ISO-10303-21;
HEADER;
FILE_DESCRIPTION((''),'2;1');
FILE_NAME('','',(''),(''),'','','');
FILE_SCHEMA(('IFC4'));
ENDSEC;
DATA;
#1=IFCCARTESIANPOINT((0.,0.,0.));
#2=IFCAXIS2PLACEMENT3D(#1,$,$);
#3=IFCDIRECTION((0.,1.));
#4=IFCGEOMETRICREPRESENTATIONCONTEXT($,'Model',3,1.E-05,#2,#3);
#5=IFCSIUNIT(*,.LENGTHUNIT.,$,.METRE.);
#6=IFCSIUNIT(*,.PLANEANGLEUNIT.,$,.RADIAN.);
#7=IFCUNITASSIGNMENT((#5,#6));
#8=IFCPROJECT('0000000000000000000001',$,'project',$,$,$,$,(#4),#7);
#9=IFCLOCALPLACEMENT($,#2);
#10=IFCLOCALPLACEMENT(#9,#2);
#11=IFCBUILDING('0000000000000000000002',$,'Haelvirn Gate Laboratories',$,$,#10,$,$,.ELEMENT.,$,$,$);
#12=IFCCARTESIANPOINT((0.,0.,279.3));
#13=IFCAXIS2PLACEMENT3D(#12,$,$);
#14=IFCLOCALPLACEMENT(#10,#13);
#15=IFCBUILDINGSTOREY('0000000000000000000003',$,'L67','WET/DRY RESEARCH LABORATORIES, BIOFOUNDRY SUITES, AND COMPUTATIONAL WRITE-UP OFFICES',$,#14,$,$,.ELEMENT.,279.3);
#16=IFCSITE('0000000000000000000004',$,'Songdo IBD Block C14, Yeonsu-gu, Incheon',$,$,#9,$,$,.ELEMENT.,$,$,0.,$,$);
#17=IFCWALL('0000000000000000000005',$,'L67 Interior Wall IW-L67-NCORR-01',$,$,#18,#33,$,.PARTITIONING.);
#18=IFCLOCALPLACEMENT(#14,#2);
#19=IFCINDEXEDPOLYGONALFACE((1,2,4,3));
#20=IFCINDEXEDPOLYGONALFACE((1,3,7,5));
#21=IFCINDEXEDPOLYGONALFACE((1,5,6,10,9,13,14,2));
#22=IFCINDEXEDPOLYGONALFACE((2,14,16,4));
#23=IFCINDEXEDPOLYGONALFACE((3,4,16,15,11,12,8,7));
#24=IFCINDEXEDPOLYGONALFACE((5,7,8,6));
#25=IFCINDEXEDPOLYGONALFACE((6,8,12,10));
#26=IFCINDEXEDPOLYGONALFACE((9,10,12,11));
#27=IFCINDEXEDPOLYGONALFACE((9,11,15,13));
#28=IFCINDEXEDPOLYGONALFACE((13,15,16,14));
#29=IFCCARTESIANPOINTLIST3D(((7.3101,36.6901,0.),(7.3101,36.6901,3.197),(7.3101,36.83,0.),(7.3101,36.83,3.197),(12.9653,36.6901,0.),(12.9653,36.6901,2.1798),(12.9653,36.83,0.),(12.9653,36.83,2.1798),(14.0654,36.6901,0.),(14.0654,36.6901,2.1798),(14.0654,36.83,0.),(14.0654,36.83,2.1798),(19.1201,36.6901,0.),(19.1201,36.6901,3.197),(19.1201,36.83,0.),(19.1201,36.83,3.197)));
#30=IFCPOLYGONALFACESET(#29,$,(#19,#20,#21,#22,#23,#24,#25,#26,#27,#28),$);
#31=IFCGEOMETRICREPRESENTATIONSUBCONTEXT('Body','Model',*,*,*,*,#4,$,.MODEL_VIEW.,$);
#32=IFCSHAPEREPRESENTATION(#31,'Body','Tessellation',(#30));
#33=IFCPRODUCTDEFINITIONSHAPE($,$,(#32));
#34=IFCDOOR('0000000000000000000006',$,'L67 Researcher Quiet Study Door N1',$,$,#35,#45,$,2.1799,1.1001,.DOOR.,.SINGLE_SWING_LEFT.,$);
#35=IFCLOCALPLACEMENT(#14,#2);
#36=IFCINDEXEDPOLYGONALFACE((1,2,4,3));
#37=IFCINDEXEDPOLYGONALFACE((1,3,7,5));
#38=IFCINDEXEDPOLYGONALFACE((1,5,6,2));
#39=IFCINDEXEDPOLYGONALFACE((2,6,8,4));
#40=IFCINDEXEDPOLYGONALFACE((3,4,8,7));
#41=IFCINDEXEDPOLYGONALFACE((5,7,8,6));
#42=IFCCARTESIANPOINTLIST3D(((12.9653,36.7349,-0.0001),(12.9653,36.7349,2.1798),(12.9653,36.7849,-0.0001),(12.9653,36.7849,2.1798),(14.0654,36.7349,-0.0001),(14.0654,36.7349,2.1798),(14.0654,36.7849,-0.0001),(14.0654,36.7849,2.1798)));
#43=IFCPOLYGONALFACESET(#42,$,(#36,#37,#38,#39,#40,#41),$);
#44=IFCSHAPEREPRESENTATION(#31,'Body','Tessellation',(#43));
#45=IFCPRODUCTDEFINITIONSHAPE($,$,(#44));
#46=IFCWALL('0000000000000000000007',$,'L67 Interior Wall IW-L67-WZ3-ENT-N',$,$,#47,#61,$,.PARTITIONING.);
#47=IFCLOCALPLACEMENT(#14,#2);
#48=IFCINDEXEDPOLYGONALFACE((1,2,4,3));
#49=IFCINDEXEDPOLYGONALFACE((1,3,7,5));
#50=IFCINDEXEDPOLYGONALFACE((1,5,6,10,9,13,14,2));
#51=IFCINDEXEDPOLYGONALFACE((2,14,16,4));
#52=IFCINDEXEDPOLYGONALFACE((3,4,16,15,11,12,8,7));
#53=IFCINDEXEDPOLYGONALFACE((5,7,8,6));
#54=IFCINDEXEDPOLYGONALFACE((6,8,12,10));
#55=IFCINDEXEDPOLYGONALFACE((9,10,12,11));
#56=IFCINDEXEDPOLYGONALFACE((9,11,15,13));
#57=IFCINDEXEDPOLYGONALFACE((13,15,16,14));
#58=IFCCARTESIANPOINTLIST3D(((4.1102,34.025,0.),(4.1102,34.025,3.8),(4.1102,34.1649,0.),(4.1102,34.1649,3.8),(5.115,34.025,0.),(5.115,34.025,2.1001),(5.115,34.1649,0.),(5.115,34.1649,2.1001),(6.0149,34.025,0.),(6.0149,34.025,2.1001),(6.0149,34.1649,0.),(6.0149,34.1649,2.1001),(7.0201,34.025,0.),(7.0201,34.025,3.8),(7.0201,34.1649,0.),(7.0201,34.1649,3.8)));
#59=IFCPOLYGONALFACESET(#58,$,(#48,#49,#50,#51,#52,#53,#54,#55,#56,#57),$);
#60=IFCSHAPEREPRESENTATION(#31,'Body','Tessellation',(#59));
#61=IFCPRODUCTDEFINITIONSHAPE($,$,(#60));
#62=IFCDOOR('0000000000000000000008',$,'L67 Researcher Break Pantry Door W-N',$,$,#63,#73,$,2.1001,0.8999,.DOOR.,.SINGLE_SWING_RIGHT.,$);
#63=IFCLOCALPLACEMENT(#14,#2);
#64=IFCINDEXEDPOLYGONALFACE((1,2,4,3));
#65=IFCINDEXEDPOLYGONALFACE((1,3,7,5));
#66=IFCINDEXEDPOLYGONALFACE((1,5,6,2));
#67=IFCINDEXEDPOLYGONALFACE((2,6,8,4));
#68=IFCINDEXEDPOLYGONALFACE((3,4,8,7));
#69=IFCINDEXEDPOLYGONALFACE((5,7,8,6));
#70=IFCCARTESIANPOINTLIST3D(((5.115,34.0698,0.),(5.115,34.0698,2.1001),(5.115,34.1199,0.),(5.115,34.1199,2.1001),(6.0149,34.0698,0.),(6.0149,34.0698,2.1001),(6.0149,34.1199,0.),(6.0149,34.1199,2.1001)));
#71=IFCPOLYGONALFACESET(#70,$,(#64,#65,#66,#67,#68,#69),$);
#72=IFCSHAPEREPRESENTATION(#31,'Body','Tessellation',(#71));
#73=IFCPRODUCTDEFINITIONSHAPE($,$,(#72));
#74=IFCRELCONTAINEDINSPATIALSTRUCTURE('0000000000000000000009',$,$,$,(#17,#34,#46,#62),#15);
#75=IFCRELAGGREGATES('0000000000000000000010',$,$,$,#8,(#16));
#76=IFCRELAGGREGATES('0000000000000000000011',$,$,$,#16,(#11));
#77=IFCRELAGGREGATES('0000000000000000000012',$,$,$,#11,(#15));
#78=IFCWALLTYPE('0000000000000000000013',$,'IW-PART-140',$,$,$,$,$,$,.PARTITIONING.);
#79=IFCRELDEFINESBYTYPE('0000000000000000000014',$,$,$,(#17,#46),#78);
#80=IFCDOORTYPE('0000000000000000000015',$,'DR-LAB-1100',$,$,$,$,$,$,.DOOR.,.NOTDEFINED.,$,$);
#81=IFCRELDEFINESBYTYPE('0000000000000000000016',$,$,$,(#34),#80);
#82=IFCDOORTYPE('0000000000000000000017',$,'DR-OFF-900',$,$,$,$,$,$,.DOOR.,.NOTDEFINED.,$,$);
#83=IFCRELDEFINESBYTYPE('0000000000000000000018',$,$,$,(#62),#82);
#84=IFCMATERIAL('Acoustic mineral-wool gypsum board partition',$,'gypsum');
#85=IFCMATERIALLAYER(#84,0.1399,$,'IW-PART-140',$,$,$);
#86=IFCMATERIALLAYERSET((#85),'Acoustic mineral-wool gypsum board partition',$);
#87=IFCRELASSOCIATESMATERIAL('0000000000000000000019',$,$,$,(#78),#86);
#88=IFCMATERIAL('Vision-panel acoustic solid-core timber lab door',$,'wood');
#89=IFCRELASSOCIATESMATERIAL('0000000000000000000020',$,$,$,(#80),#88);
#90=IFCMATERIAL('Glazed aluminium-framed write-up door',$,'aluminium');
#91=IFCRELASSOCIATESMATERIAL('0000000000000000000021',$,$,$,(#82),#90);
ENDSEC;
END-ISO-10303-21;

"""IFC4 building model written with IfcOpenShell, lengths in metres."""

from ifc_helpers import new_model, si_unit, direction, frame, frame_2d, origin, place, context, subcontext, project, spatial, rectangle, extrude, source, transform, mapped, material, layer, layer_set, type_object, type_shapes, element, fill, save


model = new_model("IFC4")

# Units and contexts
model_context = context("Model", 3, precision=1e-05, world=origin(), true_north=direction((0.0, 1.0)))
body_context = subcontext(model_context, "Body", "Model", "MODEL_VIEW")
ifc_project = project(units=[si_unit("LENGTHUNIT", "METRE"), si_unit("PLANEANGLEUNIT", "RADIAN")], contexts=[model_context])

# Site, building, storey
site_placement = place(None, origin())
site = spatial("IfcSite", under=ifc_project, at=site_placement, Name="Songdo IBD Block C14, Yeonsu-gu, Incheon", CompositionType="ELEMENT", RefElevation=0.0)
building_placement = place(site_placement, origin())
building = spatial("IfcBuilding", under=site, at=building_placement, Name="Haelvirn Gate Laboratories", CompositionType="ELEMENT")
storey_placement = place(building_placement, frame((0.0, 0.0, 279.3)))
storey = spatial("IfcBuildingStorey", under=building, at=storey_placement, Name="L67", Description="WET/DRY RESEARCH LABORATORIES, BIOFOUNDRY SUITES, AND COMPUTATIONAL WRITE-UP OFFICES", CompositionType="ELEMENT", Elevation=279.3)

# Walls, openings, doors
ifc_material_1 = material(Name="Acoustic mineral-wool gypsum board partition", Category="gypsum")
ifc_layer_1 = layer(ifc_material_1, 0.1399, Name="IW-PART-140")
ifc_layer_set_1 = layer_set([ifc_layer_1], Name="Acoustic mineral-wool gypsum board partition")
wall_type_1 = type_object("IfcWallType", Name="IW-PART-140", PredefinedType="PARTITIONING", material=ifc_layer_set_1)
wall_1_placement = place(storey_placement, frame((7.3101, 36.76, 0.0), z_axis=(0.0, 0.0, 1.0), x_axis=(1.0, 0.0, 0.0)))
wall_1 = element("IfcWall", 1, at=wall_1_placement, inside=storey, type_object=wall_type_1, Name="L67 Interior Wall IW-L67-NCORR-01", PredefinedType="PARTITIONING", context=body_context, shape_type="SweptSolid", body=[
    extrude(rectangle(XDim=11.8101, YDim=0.1399, at=frame_2d((5.905, 0.0))), origin(), (0.0, 0.0, 1.0), 3.197),
])
opening_1_placement = place(wall_1_placement, frame((5.6553, 0.0, 0.0)))
opening_1 = element("IfcOpeningElement", 2, at=opening_1_placement, cuts=wall_1, PredefinedType="OPENING", context=body_context, shape_type="SweptSolid", body=[
    extrude(rectangle(XDim=1.1001, YDim=2.1799, at=frame_2d((0.55, 1.0898))), frame((0.0, 0.0801, 0.0), z_axis=(0.0, -1.0, 0.0), x_axis=(1.0, 0.0, 0.0)), (0.0, 0.0, 1.0), 0.1599),
])
ifc_material_2 = material(Name="Vision-panel acoustic solid-core timber lab door", Category="wood")
door_type_1 = type_object("IfcDoorType", Name="DR-LAB-1100", OperationType="NOTDEFINED", PredefinedType="DOOR", material=ifc_material_2)
shared_shape_1 = source(origin(), body_context, "Body", "SweptSolid", [
    extrude(rectangle(XDim=1.1001, YDim=2.1799, at=frame_2d((0.55, 1.0898))), frame((0.0, 0.0249, 0.0), z_axis=(0.0, -1.0, 0.0), x_axis=(1.0, 0.0, 0.0)), (0.0, 0.0, 1.0), 0.05),
])
type_shapes(door_type_1, [shared_shape_1])
door_1_placement = place(opening_1_placement, origin())
door_1 = element("IfcDoor", 3, at=door_1_placement, inside=storey, type_object=door_type_1, Name="L67 Researcher Quiet Study Door N1", OperationType="SINGLE_SWING_LEFT", OverallHeight=2.1799, OverallWidth=1.1001, PredefinedType="DOOR", context=body_context, shape_type="MappedRepresentation", body=[
    mapped(shared_shape_1, transform((0.0, 0.0, 0.0), scale=1.0)),
])
fill(opening_1, door_1)
wall_2_placement = place(storey_placement, frame((4.1101, 34.095, 0.0), z_axis=(0.0, 0.0, 1.0), x_axis=(1.0, 0.0, 0.0)))
wall_2 = element("IfcWall", 4, at=wall_2_placement, inside=storey, type_object=wall_type_1, Name="L67 Interior Wall IW-L67-WZ3-ENT-N", PredefinedType="PARTITIONING", context=body_context, shape_type="SweptSolid", body=[
    extrude(rectangle(XDim=2.9099, YDim=0.1399, at=frame_2d((1.4551, 0.0))), origin(), (0.0, 0.0, 1.0), 3.8),
])
opening_2_placement = place(wall_2_placement, frame((1.0049, 0.0, 0.0)))
opening_2 = element("IfcOpeningElement", 5, at=opening_2_placement, cuts=wall_2, PredefinedType="OPENING", context=body_context, shape_type="SweptSolid", body=[
    extrude(rectangle(XDim=0.8999, YDim=2.1001, at=frame_2d((0.45, 1.05))), frame((0.0, 0.0801, 0.0), z_axis=(0.0, -1.0, 0.0), x_axis=(1.0, 0.0, 0.0)), (0.0, 0.0, 1.0), 0.1599),
])
ifc_material_3 = material(Name="Glazed aluminium-framed write-up door", Category="aluminium")
door_type_2 = type_object("IfcDoorType", Name="DR-OFF-900", OperationType="NOTDEFINED", PredefinedType="DOOR", material=ifc_material_3)
shared_shape_2 = source(origin(), body_context, "Body", "SweptSolid", [
    extrude(rectangle(XDim=0.8999, YDim=2.1001, at=frame_2d((0.45, 1.05))), frame((0.0, 0.0249, 0.0), z_axis=(0.0, -1.0, 0.0), x_axis=(1.0, 0.0, 0.0)), (0.0, 0.0, 1.0), 0.05),
])
type_shapes(door_type_2, [shared_shape_2])
door_2_placement = place(opening_2_placement, origin())
door_2 = element("IfcDoor", 6, at=door_2_placement, inside=storey, type_object=door_type_2, Name="L67 Researcher Break Pantry Door W-N", OperationType="SINGLE_SWING_RIGHT", OverallHeight=2.1001, OverallWidth=0.8999, PredefinedType="DOOR", context=body_context, shape_type="MappedRepresentation", body=[
    mapped(shared_shape_2, transform((0.0, 0.0, 0.0), scale=1.0)),
])
fill(opening_2, door_2)

save(model, "model.ifc")
